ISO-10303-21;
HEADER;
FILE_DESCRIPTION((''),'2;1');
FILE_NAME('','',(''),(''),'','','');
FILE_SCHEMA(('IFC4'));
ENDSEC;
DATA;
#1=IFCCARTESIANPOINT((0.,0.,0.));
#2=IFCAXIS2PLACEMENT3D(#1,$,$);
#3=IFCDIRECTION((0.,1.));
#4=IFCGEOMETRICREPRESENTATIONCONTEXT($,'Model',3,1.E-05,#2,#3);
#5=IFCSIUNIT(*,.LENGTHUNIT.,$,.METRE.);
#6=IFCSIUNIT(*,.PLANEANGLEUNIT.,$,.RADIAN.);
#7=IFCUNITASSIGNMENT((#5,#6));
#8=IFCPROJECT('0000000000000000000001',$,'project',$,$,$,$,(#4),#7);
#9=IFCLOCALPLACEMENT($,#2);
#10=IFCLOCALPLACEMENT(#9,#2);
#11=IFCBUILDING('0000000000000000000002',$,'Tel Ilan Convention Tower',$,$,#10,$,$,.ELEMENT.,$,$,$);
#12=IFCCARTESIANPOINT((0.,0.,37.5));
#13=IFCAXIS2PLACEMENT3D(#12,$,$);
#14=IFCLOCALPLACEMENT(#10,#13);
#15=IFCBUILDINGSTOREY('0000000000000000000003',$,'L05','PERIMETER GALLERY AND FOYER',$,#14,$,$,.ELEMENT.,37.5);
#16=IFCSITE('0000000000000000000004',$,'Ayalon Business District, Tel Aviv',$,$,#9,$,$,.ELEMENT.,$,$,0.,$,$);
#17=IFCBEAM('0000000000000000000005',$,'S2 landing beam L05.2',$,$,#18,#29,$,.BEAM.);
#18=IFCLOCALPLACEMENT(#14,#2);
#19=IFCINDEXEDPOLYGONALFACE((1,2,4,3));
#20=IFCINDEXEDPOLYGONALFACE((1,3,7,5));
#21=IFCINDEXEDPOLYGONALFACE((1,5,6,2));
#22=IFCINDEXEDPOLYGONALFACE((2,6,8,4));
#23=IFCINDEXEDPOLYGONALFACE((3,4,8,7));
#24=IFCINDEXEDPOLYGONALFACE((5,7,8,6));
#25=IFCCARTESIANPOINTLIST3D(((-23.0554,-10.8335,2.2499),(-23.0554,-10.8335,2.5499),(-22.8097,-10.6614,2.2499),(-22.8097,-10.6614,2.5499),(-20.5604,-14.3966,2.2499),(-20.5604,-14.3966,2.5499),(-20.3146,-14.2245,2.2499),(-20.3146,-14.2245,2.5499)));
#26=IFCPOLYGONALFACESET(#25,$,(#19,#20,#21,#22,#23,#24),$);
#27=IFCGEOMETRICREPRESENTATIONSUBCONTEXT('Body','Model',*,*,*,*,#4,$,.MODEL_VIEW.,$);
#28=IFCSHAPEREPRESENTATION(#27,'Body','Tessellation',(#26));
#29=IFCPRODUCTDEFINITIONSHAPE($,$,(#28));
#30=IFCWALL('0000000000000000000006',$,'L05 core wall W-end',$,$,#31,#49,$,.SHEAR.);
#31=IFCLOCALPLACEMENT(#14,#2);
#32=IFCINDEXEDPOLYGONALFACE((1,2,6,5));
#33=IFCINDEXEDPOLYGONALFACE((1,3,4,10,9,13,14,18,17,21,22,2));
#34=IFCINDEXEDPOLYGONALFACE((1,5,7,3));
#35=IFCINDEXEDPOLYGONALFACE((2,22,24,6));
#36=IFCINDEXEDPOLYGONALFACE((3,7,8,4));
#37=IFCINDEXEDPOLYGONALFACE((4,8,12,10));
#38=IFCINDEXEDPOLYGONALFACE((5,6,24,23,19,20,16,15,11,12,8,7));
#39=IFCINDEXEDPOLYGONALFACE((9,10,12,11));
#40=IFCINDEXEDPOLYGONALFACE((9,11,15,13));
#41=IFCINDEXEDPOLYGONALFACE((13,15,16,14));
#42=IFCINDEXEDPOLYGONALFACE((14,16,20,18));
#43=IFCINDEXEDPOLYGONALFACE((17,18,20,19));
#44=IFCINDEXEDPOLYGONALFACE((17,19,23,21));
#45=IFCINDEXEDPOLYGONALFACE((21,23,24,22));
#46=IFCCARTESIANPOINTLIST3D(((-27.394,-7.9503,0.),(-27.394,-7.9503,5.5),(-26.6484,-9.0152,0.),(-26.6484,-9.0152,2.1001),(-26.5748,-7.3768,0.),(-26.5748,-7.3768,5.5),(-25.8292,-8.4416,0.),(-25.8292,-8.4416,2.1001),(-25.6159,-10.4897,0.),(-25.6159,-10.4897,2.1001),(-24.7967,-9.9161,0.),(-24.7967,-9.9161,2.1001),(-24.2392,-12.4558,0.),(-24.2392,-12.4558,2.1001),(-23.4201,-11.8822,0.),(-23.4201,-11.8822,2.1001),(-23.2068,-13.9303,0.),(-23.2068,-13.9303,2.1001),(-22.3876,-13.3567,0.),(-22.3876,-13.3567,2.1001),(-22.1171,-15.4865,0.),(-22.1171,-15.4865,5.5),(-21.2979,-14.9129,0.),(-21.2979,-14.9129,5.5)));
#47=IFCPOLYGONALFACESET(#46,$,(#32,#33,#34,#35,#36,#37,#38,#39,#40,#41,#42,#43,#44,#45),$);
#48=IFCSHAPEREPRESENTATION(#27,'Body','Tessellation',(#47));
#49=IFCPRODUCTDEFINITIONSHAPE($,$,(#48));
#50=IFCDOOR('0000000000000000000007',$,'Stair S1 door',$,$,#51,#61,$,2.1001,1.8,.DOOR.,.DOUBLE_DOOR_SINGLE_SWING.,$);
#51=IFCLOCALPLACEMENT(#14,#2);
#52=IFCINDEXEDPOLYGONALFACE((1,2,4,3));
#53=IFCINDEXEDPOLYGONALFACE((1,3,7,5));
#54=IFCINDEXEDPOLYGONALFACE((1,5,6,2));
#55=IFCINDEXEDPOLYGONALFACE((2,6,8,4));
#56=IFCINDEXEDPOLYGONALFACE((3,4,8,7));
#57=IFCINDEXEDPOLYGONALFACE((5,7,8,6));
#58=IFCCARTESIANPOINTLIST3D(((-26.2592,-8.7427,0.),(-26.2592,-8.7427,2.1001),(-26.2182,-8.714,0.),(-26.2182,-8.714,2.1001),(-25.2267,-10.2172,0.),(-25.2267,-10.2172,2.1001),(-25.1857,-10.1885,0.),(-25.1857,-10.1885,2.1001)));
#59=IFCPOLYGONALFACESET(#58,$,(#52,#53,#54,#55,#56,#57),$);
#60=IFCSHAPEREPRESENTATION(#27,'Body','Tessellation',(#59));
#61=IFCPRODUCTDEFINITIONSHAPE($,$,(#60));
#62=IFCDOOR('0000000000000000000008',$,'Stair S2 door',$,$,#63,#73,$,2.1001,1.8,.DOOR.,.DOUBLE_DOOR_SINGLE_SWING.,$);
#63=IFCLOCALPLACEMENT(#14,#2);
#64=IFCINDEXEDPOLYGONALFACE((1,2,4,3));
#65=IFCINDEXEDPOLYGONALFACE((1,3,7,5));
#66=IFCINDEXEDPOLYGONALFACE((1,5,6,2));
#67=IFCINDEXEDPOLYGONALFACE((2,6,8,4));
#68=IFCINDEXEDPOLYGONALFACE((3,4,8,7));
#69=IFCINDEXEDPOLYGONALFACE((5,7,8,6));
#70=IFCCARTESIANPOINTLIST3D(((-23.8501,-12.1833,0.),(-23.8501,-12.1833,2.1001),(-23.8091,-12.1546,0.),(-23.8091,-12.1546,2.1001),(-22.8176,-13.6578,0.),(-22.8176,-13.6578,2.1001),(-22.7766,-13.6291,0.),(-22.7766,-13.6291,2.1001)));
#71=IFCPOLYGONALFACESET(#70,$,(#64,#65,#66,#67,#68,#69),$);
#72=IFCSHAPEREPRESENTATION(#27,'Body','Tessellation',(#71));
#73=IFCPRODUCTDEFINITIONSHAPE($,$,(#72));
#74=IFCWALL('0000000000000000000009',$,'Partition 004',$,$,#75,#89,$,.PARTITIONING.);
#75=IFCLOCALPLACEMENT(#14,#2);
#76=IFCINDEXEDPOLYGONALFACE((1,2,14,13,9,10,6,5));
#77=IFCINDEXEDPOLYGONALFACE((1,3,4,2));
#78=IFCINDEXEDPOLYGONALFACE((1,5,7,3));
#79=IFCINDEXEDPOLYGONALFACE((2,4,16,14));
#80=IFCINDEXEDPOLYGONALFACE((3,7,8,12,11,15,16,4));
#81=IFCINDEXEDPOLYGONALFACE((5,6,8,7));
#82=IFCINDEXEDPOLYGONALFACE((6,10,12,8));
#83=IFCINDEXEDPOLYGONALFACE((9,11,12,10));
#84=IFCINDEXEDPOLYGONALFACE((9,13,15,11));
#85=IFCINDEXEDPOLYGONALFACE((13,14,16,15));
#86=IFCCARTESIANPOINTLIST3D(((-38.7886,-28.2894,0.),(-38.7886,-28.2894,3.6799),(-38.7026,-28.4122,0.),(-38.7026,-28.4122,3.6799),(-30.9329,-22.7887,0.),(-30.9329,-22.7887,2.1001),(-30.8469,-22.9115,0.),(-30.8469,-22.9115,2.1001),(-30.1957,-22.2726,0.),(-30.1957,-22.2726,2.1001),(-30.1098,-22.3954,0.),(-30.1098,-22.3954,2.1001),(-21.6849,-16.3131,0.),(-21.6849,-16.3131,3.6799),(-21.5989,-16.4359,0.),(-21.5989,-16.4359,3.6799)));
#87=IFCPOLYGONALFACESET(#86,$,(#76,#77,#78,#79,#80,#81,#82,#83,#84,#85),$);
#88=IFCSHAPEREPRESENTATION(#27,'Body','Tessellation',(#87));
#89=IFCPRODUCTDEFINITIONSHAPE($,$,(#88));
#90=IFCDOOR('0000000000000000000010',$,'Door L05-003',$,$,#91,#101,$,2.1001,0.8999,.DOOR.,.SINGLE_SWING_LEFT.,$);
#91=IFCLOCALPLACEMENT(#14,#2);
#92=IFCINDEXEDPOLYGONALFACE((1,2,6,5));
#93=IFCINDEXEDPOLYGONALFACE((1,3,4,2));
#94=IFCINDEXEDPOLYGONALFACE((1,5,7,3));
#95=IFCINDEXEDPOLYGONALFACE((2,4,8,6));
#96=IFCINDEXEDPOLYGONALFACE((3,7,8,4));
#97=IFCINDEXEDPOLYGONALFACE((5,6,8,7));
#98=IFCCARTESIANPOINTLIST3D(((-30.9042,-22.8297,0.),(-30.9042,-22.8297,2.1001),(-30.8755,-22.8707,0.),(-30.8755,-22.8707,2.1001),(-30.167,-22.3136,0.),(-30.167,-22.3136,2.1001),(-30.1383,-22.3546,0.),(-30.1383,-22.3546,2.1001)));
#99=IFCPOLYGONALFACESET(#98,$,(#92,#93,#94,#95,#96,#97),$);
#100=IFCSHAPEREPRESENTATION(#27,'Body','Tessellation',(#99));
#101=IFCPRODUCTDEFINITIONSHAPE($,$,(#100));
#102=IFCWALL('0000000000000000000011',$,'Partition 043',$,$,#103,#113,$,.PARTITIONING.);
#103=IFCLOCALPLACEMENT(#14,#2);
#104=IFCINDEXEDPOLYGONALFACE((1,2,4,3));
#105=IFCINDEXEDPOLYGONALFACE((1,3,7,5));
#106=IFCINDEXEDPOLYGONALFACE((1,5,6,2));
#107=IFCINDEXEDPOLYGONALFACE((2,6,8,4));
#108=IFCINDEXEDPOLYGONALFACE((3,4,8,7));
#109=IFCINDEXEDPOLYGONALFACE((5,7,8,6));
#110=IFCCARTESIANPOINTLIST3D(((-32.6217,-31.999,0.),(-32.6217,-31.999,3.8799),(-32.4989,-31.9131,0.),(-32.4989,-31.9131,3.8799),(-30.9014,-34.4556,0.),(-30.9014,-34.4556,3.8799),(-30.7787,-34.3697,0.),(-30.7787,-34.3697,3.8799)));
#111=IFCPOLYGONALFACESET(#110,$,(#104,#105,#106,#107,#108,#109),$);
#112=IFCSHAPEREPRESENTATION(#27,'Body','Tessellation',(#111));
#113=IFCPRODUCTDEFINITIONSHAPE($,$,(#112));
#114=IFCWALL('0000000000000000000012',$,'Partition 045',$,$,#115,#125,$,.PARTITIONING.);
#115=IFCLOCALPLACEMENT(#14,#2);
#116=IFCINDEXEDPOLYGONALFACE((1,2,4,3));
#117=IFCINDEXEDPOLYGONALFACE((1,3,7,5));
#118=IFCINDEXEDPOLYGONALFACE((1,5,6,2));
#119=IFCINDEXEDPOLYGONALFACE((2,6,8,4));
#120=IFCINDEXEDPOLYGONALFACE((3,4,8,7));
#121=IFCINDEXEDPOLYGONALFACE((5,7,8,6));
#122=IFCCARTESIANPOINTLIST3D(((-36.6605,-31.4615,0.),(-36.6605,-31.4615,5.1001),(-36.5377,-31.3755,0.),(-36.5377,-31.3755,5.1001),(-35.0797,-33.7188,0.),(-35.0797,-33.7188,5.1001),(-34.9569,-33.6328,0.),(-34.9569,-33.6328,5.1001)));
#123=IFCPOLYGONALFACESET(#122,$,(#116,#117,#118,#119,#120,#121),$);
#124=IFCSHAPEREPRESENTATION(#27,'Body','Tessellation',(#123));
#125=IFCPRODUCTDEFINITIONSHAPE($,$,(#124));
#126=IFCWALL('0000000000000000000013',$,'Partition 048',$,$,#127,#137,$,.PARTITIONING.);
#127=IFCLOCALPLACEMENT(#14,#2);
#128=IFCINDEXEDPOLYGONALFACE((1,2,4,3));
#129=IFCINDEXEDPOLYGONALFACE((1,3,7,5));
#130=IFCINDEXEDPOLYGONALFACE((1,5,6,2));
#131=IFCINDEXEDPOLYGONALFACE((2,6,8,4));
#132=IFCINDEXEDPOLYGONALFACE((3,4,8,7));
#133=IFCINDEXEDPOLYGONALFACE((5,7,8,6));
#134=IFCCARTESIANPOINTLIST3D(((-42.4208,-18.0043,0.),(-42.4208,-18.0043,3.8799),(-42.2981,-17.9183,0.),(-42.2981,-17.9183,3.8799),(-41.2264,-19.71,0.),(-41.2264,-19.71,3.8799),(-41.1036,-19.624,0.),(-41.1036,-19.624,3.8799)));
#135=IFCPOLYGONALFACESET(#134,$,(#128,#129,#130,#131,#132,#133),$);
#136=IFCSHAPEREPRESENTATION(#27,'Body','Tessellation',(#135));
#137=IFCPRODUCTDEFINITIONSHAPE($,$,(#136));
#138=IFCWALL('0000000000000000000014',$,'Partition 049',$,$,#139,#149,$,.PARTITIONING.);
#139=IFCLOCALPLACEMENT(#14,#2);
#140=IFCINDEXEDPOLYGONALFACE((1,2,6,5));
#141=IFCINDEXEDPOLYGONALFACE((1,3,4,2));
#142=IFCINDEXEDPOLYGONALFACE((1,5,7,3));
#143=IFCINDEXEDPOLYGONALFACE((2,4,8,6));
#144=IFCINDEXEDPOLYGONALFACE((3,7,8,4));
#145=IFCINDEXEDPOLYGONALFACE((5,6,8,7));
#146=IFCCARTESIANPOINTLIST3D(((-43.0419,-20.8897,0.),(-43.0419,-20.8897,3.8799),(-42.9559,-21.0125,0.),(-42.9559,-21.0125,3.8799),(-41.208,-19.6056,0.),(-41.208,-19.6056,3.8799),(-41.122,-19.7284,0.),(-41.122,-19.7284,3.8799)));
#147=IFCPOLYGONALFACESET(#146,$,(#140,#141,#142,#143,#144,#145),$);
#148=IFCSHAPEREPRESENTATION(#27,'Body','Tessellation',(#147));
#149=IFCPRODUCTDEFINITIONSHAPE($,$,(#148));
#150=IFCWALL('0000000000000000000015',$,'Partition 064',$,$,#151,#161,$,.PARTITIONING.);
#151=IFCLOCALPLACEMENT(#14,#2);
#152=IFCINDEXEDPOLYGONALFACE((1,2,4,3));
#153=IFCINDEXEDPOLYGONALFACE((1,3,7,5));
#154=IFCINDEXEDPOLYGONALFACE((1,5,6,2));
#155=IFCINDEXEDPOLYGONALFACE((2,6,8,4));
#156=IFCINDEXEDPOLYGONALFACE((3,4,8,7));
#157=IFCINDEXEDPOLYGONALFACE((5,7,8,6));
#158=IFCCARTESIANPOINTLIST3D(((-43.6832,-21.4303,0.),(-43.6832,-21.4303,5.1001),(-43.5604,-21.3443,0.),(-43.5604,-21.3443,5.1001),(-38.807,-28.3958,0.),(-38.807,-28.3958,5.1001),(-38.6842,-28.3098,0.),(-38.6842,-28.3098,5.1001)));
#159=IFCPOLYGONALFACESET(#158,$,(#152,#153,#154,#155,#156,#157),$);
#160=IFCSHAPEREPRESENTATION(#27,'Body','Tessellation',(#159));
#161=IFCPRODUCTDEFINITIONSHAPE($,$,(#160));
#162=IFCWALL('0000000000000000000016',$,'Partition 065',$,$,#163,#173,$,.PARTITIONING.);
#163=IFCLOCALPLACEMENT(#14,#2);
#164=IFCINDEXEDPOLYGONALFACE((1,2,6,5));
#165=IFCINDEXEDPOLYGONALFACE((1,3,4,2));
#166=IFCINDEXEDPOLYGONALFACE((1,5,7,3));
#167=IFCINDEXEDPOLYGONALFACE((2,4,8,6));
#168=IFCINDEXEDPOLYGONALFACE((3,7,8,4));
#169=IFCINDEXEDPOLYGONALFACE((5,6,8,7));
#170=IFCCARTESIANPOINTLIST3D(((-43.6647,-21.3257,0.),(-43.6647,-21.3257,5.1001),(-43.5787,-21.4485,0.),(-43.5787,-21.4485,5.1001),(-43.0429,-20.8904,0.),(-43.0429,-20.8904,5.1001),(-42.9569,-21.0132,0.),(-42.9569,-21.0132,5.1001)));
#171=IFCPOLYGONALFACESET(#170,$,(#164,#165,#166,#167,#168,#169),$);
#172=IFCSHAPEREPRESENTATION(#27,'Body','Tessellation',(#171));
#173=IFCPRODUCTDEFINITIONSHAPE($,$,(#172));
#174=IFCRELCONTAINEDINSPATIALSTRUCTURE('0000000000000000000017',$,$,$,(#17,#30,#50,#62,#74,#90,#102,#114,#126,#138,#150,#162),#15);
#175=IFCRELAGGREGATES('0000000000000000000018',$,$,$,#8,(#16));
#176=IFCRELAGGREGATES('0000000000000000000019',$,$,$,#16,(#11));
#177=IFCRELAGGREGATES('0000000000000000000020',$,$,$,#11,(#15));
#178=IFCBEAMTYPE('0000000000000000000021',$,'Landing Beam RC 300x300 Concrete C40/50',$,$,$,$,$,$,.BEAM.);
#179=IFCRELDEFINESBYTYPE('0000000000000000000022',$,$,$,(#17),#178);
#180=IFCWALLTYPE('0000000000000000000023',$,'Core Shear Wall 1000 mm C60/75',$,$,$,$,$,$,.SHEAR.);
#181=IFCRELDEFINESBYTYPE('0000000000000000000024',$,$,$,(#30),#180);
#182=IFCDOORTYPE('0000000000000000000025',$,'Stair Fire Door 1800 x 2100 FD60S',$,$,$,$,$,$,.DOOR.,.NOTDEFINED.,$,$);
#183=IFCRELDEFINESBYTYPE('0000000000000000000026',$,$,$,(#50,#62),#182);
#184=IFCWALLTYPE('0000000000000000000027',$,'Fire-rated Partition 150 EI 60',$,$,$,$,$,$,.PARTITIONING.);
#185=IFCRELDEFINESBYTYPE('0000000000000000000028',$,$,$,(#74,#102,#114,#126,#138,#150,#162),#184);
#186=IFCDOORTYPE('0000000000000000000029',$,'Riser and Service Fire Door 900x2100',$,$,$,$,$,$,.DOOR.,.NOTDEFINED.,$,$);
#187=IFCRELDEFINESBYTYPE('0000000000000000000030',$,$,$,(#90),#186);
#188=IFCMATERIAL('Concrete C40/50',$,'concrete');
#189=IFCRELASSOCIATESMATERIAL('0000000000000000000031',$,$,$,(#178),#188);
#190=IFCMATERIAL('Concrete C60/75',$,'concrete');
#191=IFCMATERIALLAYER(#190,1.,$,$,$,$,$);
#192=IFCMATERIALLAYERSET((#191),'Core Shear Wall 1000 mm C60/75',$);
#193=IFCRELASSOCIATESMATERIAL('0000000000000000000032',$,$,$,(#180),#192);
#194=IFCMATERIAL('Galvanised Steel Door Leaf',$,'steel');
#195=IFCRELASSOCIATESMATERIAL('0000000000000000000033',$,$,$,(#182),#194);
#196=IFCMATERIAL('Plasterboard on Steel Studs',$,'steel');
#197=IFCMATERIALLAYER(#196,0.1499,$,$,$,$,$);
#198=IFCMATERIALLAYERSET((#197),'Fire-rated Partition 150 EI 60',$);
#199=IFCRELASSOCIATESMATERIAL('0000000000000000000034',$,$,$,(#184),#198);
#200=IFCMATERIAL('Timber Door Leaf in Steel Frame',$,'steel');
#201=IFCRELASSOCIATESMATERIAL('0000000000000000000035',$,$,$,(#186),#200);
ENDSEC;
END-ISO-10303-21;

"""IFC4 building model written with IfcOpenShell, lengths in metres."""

from ifc_helpers import new_model, si_unit, direction, frame, frame_2d, origin, origin_2d, place, context, subcontext, project, spatial, polyline, rectangle, outline, extrude, material, layer, layer_set, material_profile, profile_set, type_object, element, fill, save


model = new_model("IFC4")

# Units and contexts
model_context = context("Model", 3, precision=1e-05, world=origin(), true_north=direction((0.0, 1.0)))
body_context = subcontext(model_context, "Body", "Model", "MODEL_VIEW")
ifc_project = project(units=[si_unit("LENGTHUNIT", "METRE"), si_unit("PLANEANGLEUNIT", "RADIAN")], contexts=[model_context])

# Site, building, storey
site_placement = place(None, origin())
site = spatial("IfcSite", under=ifc_project, at=site_placement, Name="Ayalon Business District, Tel Aviv", CompositionType="ELEMENT", RefElevation=0.0)
building_placement = place(site_placement, origin())
building = spatial("IfcBuilding", under=site, at=building_placement, Name="Tel Ilan Convention Tower", CompositionType="ELEMENT")
storey_placement = place(building_placement, frame((0.0, 0.0, 37.5)))
storey = spatial("IfcBuildingStorey", under=building, at=storey_placement, Name="L05", Description="PERIMETER GALLERY AND FOYER", CompositionType="ELEMENT", Elevation=37.5)

# Beam
ifc_material_1 = material(Name="Concrete C40/50", Category="concrete")
ifc_material_profile_1 = material_profile(ifc_material_1, rectangle(XDim=0.3, YDim=0.3, at=origin_2d()), Name="RC 300x300")
ifc_profile_set_1 = profile_set([ifc_material_profile_1], Name="Concrete C40/50")
beam_type_1 = type_object("IfcBeamType", Name="Landing Beam RC 300x300 Concrete C40/50", PredefinedType="BEAM", material=ifc_profile_set_1)
beam_1_placement = place(storey_placement, frame((-20.4375, -14.3105, 2.3999), z_axis=(-0.573594, 0.81914, 0.0), x_axis=(-0.81914, -0.573594, 0.0)))
element("IfcBeam", 1, at=beam_1_placement, inside=storey, type_object=beam_type_1, Name="S2 landing beam L05.2", PredefinedType="BEAM", context=body_context, shape_type="SweptSolid", body=[
    extrude(rectangle(XDim=0.3, YDim=0.3, at=origin_2d()), origin(), (0.0, 0.0, 1.0), 4.3499),
])

# Wall, openings, doors
ifc_material_2 = material(Name="Concrete C60/75", Category="concrete")
ifc_layer_1 = layer(ifc_material_2, 1.0)
ifc_layer_set_1 = layer_set([ifc_layer_1], Name="Core Shear Wall 1000 mm C60/75")
wall_type_1 = type_object("IfcWallType", Name="Core Shear Wall 1000 mm C60/75", PredefinedType="SHEAR", material=ifc_layer_set_1)
wall_1_placement = place(storey_placement, frame((-21.7075, -15.1997, 0.0), z_axis=(0.0, 0.0, 1.0), x_axis=(-0.573576, 0.819152, 0.0)))
wall_1 = element("IfcWall", 2, at=wall_1_placement, inside=storey, type_object=wall_type_1, Name="L05 core wall W-end", PredefinedType="SHEAR", context=body_context, shape_type="SweptSolid", body=[
    extrude(outline(polyline([(0.0, 0.5), (0.0, -0.5), (9.2, -0.5), (9.2, 0.5), (0.0, 0.5)])), origin(), (0.0, 0.0, 1.0), 5.5),
])
opening_1_placement = place(wall_1_placement, frame((6.1001, 0.0, 0.0)))
opening_1 = element("IfcOpeningElement", 3, at=opening_1_placement, cuts=wall_1, PredefinedType="OPENING", context=body_context, shape_type="SweptSolid", body=[
    extrude(rectangle(XDim=1.8, YDim=2.1001, at=frame_2d((0.8999, 1.05))), frame((0.0, 0.51, 0.0), z_axis=(0.0, -1.0, 0.0), x_axis=(1.0, 0.0, 0.0)), (0.0, 0.0, 1.0), 1.02),
])
opening_2_placement = place(wall_1_placement, frame((1.8999, 0.0, 0.0)))
opening_2 = element("IfcOpeningElement", 4, at=opening_2_placement, cuts=wall_1, PredefinedType="OPENING", context=body_context, shape_type="SweptSolid", body=[
    extrude(rectangle(XDim=1.8, YDim=2.1001, at=frame_2d((0.8999, 1.05))), frame((0.0, 0.51, 0.0), z_axis=(0.0, -1.0, 0.0), x_axis=(1.0, 0.0, 0.0)), (0.0, 0.0, 1.0), 1.02),
])
ifc_material_3 = material(Name="Galvanised Steel Door Leaf", Category="steel")
door_type_1 = type_object("IfcDoorType", Name="Stair Fire Door 1800 x 2100 FD60S", OperationType="NOTDEFINED", PredefinedType="DOOR", material=ifc_material_3)
door_1_placement = place(opening_1_placement, origin())
door_1 = element("IfcDoor", 5, at=door_1_placement, inside=storey, type_object=door_type_1, Name="Stair S1 door", OperationType="DOUBLE_DOOR_SINGLE_SWING", OverallHeight=2.1001, OverallWidth=1.8, PredefinedType="DOOR", context=body_context, shape_type="SweptSolid", body=[
    extrude(rectangle(XDim=1.8, YDim=2.1001, at=frame_2d((0.8999, 1.05))), frame((0.0, 0.0249, 0.0), z_axis=(0.0, -1.0, 0.0), x_axis=(1.0, 0.0, 0.0)), (0.0, 0.0, 1.0), 0.05),
])
fill(opening_1, door_1)
door_2_placement = place(opening_2_placement, origin())
door_2 = element("IfcDoor", 6, at=door_2_placement, inside=storey, type_object=door_type_1, Name="Stair S2 door", OperationType="DOUBLE_DOOR_SINGLE_SWING", OverallHeight=2.1001, OverallWidth=1.8, PredefinedType="DOOR", context=body_context, shape_type="SweptSolid", body=[
    extrude(rectangle(XDim=1.8, YDim=2.1001, at=frame_2d((0.8999, 1.05))), frame((0.0, 0.0249, 0.0), z_axis=(0.0, -1.0, 0.0), x_axis=(1.0, 0.0, 0.0)), (0.0, 0.0, 1.0), 0.05),
])
fill(opening_2, door_2)

# Wall, opening, door
ifc_material_4 = material(Name="Plasterboard on Steel Studs", Category="steel")
ifc_layer_2 = layer(ifc_material_4, 0.1499)
ifc_layer_set_2 = layer_set([ifc_layer_2], Name="Fire-rated Partition 150 EI 60")
wall_type_2 = type_object("IfcWallType", Name="Fire-rated Partition 150 EI 60", PredefinedType="PARTITIONING", material=ifc_layer_set_2)
wall_2_placement = place(storey_placement, frame((-38.7456, -28.3508, 0.0), z_axis=(0.0, 0.0, 1.0), x_axis=(0.819149, 0.573581, 0.0)))
wall_2 = element("IfcWall", 7, at=wall_2_placement, inside=storey, type_object=wall_type_2, Name="Partition 004", PredefinedType="PARTITIONING", context=body_context, shape_type="SweptSolid", body=[
    extrude(rectangle(XDim=20.8799, YDim=0.1499, at=frame_2d((10.4399, 0.0))), origin(), (0.0, 0.0, 1.0), 3.6799),
])
opening_3_placement = place(wall_2_placement, frame((9.5901, 0.0, 0.0)))
opening_3 = element("IfcOpeningElement", 8, at=opening_3_placement, cuts=wall_2, PredefinedType="OPENING", context=body_context, shape_type="SweptSolid", body=[
    extrude(rectangle(XDim=0.8999, YDim=2.1001, at=frame_2d((0.45, 1.05))), frame((0.0, 0.085, 0.0), z_axis=(0.0, -1.0, 0.0), x_axis=(1.0, 0.0, 0.0)), (0.0, 0.0, 1.0), 0.1699),
])
ifc_material_5 = material(Name="Timber Door Leaf in Steel Frame", Category="steel")
door_type_2 = type_object("IfcDoorType", Name="Riser and Service Fire Door 900x2100", OperationType="NOTDEFINED", PredefinedType="DOOR", material=ifc_material_5)
door_3_placement = place(opening_3_placement, origin())
door_3 = element("IfcDoor", 9, at=door_3_placement, inside=storey, type_object=door_type_2, Name="Door L05-003", OperationType="SINGLE_SWING_LEFT", OverallHeight=2.1001, OverallWidth=0.8999, PredefinedType="DOOR", context=body_context, shape_type="SweptSolid", body=[
    extrude(rectangle(XDim=0.8999, YDim=2.1001, at=frame_2d((0.45, 1.05))), frame((0.0, 0.0249, 0.0), z_axis=(0.0, -1.0, 0.0), x_axis=(1.0, 0.0, 0.0)), (0.0, 0.0, 1.0), 0.05),
])
fill(opening_3, door_3)

# Walls
wall_3_placement = place(storey_placement, frame((-32.5603, -31.9561, 0.0), z_axis=(0.0, 0.0, 1.0), x_axis=(0.573604, -0.819132, 0.0)))
element("IfcWall", 10, at=wall_3_placement, inside=storey, type_object=wall_type_2, Name="Partition 043", PredefinedType="PARTITIONING", context=body_context, shape_type="SweptSolid", body=[
    extrude(rectangle(XDim=2.999, YDim=0.1499, at=frame_2d((1.4995, 0.0))), origin(), (0.0, 0.0, 1.0), 3.8799),
])
wall_4_placement = place(storey_placement, frame((-36.5991, -31.4185, 0.0), z_axis=(0.0, 0.0, 1.0), x_axis=(0.573629, -0.819115, 0.0)))
element("IfcWall", 11, at=wall_4_placement, inside=storey, type_object=wall_type_2, Name="Partition 045", PredefinedType="PARTITIONING", context=body_context, shape_type="SweptSolid", body=[
    extrude(rectangle(XDim=2.7559, YDim=0.1499, at=frame_2d((1.3779, 0.0))), origin(), (0.0, 0.0, 1.0), 5.1001),
])
wall_5_placement = place(storey_placement, frame((-42.3594, -17.9614, 0.0), z_axis=(0.0, 0.0, 1.0), x_axis=(0.573604, -0.819133, 0.0)))
element("IfcWall", 12, at=wall_5_placement, inside=storey, type_object=wall_type_2, Name="Partition 048", PredefinedType="PARTITIONING", context=body_context, shape_type="SweptSolid", body=[
    extrude(rectangle(XDim=2.0823, YDim=0.1499, at=frame_2d((1.041, 0.0))), origin(), (0.0, 0.0, 1.0), 3.8799),
])
wall_6_placement = place(storey_placement, frame((-41.165, -19.667, 0.0), z_axis=(0.0, 0.0, 1.0), x_axis=(-0.81915, -0.573579, 0.0)))
element("IfcWall", 13, at=wall_6_placement, inside=storey, type_object=wall_type_2, Name="Partition 049", PredefinedType="PARTITIONING", context=body_context, shape_type="SweptSolid", body=[
    extrude(rectangle(XDim=2.2388, YDim=0.1499, at=frame_2d((1.1194, 0.0))), origin(), (0.0, 0.0, 1.0), 3.8799),
])
wall_7_placement = place(storey_placement, frame((-43.6218, -21.3872, 0.0), z_axis=(0.0, 0.0, 1.0), x_axis=(0.573487, -0.819214, 0.0)))
element("IfcWall", 14, at=wall_7_placement, inside=storey, type_object=wall_type_2, Name="Partition 064", PredefinedType="PARTITIONING", context=body_context, shape_type="SweptSolid", body=[
    extrude(rectangle(XDim=8.5027, YDim=0.1499, at=frame_2d((4.2515, 0.0))), origin(), (0.0, 0.0, 1.0), 5.1001),
])
wall_8_placement = place(storey_placement, frame((-43.0, -20.9519, 0.0), z_axis=(0.0, 0.0, 1.0), x_axis=(-0.819217, -0.573484, 0.0)))
element("IfcWall", 15, at=wall_8_placement, inside=storey, type_object=wall_type_2, Name="Partition 065", PredefinedType="PARTITIONING", context=body_context, shape_type="SweptSolid", body=[
    extrude(rectangle(XDim=0.759, YDim=0.1499, at=frame_2d((0.3794, 0.0))), origin(), (0.0, 0.0, 1.0), 5.1001),
])

save(model, "model.ifc")
